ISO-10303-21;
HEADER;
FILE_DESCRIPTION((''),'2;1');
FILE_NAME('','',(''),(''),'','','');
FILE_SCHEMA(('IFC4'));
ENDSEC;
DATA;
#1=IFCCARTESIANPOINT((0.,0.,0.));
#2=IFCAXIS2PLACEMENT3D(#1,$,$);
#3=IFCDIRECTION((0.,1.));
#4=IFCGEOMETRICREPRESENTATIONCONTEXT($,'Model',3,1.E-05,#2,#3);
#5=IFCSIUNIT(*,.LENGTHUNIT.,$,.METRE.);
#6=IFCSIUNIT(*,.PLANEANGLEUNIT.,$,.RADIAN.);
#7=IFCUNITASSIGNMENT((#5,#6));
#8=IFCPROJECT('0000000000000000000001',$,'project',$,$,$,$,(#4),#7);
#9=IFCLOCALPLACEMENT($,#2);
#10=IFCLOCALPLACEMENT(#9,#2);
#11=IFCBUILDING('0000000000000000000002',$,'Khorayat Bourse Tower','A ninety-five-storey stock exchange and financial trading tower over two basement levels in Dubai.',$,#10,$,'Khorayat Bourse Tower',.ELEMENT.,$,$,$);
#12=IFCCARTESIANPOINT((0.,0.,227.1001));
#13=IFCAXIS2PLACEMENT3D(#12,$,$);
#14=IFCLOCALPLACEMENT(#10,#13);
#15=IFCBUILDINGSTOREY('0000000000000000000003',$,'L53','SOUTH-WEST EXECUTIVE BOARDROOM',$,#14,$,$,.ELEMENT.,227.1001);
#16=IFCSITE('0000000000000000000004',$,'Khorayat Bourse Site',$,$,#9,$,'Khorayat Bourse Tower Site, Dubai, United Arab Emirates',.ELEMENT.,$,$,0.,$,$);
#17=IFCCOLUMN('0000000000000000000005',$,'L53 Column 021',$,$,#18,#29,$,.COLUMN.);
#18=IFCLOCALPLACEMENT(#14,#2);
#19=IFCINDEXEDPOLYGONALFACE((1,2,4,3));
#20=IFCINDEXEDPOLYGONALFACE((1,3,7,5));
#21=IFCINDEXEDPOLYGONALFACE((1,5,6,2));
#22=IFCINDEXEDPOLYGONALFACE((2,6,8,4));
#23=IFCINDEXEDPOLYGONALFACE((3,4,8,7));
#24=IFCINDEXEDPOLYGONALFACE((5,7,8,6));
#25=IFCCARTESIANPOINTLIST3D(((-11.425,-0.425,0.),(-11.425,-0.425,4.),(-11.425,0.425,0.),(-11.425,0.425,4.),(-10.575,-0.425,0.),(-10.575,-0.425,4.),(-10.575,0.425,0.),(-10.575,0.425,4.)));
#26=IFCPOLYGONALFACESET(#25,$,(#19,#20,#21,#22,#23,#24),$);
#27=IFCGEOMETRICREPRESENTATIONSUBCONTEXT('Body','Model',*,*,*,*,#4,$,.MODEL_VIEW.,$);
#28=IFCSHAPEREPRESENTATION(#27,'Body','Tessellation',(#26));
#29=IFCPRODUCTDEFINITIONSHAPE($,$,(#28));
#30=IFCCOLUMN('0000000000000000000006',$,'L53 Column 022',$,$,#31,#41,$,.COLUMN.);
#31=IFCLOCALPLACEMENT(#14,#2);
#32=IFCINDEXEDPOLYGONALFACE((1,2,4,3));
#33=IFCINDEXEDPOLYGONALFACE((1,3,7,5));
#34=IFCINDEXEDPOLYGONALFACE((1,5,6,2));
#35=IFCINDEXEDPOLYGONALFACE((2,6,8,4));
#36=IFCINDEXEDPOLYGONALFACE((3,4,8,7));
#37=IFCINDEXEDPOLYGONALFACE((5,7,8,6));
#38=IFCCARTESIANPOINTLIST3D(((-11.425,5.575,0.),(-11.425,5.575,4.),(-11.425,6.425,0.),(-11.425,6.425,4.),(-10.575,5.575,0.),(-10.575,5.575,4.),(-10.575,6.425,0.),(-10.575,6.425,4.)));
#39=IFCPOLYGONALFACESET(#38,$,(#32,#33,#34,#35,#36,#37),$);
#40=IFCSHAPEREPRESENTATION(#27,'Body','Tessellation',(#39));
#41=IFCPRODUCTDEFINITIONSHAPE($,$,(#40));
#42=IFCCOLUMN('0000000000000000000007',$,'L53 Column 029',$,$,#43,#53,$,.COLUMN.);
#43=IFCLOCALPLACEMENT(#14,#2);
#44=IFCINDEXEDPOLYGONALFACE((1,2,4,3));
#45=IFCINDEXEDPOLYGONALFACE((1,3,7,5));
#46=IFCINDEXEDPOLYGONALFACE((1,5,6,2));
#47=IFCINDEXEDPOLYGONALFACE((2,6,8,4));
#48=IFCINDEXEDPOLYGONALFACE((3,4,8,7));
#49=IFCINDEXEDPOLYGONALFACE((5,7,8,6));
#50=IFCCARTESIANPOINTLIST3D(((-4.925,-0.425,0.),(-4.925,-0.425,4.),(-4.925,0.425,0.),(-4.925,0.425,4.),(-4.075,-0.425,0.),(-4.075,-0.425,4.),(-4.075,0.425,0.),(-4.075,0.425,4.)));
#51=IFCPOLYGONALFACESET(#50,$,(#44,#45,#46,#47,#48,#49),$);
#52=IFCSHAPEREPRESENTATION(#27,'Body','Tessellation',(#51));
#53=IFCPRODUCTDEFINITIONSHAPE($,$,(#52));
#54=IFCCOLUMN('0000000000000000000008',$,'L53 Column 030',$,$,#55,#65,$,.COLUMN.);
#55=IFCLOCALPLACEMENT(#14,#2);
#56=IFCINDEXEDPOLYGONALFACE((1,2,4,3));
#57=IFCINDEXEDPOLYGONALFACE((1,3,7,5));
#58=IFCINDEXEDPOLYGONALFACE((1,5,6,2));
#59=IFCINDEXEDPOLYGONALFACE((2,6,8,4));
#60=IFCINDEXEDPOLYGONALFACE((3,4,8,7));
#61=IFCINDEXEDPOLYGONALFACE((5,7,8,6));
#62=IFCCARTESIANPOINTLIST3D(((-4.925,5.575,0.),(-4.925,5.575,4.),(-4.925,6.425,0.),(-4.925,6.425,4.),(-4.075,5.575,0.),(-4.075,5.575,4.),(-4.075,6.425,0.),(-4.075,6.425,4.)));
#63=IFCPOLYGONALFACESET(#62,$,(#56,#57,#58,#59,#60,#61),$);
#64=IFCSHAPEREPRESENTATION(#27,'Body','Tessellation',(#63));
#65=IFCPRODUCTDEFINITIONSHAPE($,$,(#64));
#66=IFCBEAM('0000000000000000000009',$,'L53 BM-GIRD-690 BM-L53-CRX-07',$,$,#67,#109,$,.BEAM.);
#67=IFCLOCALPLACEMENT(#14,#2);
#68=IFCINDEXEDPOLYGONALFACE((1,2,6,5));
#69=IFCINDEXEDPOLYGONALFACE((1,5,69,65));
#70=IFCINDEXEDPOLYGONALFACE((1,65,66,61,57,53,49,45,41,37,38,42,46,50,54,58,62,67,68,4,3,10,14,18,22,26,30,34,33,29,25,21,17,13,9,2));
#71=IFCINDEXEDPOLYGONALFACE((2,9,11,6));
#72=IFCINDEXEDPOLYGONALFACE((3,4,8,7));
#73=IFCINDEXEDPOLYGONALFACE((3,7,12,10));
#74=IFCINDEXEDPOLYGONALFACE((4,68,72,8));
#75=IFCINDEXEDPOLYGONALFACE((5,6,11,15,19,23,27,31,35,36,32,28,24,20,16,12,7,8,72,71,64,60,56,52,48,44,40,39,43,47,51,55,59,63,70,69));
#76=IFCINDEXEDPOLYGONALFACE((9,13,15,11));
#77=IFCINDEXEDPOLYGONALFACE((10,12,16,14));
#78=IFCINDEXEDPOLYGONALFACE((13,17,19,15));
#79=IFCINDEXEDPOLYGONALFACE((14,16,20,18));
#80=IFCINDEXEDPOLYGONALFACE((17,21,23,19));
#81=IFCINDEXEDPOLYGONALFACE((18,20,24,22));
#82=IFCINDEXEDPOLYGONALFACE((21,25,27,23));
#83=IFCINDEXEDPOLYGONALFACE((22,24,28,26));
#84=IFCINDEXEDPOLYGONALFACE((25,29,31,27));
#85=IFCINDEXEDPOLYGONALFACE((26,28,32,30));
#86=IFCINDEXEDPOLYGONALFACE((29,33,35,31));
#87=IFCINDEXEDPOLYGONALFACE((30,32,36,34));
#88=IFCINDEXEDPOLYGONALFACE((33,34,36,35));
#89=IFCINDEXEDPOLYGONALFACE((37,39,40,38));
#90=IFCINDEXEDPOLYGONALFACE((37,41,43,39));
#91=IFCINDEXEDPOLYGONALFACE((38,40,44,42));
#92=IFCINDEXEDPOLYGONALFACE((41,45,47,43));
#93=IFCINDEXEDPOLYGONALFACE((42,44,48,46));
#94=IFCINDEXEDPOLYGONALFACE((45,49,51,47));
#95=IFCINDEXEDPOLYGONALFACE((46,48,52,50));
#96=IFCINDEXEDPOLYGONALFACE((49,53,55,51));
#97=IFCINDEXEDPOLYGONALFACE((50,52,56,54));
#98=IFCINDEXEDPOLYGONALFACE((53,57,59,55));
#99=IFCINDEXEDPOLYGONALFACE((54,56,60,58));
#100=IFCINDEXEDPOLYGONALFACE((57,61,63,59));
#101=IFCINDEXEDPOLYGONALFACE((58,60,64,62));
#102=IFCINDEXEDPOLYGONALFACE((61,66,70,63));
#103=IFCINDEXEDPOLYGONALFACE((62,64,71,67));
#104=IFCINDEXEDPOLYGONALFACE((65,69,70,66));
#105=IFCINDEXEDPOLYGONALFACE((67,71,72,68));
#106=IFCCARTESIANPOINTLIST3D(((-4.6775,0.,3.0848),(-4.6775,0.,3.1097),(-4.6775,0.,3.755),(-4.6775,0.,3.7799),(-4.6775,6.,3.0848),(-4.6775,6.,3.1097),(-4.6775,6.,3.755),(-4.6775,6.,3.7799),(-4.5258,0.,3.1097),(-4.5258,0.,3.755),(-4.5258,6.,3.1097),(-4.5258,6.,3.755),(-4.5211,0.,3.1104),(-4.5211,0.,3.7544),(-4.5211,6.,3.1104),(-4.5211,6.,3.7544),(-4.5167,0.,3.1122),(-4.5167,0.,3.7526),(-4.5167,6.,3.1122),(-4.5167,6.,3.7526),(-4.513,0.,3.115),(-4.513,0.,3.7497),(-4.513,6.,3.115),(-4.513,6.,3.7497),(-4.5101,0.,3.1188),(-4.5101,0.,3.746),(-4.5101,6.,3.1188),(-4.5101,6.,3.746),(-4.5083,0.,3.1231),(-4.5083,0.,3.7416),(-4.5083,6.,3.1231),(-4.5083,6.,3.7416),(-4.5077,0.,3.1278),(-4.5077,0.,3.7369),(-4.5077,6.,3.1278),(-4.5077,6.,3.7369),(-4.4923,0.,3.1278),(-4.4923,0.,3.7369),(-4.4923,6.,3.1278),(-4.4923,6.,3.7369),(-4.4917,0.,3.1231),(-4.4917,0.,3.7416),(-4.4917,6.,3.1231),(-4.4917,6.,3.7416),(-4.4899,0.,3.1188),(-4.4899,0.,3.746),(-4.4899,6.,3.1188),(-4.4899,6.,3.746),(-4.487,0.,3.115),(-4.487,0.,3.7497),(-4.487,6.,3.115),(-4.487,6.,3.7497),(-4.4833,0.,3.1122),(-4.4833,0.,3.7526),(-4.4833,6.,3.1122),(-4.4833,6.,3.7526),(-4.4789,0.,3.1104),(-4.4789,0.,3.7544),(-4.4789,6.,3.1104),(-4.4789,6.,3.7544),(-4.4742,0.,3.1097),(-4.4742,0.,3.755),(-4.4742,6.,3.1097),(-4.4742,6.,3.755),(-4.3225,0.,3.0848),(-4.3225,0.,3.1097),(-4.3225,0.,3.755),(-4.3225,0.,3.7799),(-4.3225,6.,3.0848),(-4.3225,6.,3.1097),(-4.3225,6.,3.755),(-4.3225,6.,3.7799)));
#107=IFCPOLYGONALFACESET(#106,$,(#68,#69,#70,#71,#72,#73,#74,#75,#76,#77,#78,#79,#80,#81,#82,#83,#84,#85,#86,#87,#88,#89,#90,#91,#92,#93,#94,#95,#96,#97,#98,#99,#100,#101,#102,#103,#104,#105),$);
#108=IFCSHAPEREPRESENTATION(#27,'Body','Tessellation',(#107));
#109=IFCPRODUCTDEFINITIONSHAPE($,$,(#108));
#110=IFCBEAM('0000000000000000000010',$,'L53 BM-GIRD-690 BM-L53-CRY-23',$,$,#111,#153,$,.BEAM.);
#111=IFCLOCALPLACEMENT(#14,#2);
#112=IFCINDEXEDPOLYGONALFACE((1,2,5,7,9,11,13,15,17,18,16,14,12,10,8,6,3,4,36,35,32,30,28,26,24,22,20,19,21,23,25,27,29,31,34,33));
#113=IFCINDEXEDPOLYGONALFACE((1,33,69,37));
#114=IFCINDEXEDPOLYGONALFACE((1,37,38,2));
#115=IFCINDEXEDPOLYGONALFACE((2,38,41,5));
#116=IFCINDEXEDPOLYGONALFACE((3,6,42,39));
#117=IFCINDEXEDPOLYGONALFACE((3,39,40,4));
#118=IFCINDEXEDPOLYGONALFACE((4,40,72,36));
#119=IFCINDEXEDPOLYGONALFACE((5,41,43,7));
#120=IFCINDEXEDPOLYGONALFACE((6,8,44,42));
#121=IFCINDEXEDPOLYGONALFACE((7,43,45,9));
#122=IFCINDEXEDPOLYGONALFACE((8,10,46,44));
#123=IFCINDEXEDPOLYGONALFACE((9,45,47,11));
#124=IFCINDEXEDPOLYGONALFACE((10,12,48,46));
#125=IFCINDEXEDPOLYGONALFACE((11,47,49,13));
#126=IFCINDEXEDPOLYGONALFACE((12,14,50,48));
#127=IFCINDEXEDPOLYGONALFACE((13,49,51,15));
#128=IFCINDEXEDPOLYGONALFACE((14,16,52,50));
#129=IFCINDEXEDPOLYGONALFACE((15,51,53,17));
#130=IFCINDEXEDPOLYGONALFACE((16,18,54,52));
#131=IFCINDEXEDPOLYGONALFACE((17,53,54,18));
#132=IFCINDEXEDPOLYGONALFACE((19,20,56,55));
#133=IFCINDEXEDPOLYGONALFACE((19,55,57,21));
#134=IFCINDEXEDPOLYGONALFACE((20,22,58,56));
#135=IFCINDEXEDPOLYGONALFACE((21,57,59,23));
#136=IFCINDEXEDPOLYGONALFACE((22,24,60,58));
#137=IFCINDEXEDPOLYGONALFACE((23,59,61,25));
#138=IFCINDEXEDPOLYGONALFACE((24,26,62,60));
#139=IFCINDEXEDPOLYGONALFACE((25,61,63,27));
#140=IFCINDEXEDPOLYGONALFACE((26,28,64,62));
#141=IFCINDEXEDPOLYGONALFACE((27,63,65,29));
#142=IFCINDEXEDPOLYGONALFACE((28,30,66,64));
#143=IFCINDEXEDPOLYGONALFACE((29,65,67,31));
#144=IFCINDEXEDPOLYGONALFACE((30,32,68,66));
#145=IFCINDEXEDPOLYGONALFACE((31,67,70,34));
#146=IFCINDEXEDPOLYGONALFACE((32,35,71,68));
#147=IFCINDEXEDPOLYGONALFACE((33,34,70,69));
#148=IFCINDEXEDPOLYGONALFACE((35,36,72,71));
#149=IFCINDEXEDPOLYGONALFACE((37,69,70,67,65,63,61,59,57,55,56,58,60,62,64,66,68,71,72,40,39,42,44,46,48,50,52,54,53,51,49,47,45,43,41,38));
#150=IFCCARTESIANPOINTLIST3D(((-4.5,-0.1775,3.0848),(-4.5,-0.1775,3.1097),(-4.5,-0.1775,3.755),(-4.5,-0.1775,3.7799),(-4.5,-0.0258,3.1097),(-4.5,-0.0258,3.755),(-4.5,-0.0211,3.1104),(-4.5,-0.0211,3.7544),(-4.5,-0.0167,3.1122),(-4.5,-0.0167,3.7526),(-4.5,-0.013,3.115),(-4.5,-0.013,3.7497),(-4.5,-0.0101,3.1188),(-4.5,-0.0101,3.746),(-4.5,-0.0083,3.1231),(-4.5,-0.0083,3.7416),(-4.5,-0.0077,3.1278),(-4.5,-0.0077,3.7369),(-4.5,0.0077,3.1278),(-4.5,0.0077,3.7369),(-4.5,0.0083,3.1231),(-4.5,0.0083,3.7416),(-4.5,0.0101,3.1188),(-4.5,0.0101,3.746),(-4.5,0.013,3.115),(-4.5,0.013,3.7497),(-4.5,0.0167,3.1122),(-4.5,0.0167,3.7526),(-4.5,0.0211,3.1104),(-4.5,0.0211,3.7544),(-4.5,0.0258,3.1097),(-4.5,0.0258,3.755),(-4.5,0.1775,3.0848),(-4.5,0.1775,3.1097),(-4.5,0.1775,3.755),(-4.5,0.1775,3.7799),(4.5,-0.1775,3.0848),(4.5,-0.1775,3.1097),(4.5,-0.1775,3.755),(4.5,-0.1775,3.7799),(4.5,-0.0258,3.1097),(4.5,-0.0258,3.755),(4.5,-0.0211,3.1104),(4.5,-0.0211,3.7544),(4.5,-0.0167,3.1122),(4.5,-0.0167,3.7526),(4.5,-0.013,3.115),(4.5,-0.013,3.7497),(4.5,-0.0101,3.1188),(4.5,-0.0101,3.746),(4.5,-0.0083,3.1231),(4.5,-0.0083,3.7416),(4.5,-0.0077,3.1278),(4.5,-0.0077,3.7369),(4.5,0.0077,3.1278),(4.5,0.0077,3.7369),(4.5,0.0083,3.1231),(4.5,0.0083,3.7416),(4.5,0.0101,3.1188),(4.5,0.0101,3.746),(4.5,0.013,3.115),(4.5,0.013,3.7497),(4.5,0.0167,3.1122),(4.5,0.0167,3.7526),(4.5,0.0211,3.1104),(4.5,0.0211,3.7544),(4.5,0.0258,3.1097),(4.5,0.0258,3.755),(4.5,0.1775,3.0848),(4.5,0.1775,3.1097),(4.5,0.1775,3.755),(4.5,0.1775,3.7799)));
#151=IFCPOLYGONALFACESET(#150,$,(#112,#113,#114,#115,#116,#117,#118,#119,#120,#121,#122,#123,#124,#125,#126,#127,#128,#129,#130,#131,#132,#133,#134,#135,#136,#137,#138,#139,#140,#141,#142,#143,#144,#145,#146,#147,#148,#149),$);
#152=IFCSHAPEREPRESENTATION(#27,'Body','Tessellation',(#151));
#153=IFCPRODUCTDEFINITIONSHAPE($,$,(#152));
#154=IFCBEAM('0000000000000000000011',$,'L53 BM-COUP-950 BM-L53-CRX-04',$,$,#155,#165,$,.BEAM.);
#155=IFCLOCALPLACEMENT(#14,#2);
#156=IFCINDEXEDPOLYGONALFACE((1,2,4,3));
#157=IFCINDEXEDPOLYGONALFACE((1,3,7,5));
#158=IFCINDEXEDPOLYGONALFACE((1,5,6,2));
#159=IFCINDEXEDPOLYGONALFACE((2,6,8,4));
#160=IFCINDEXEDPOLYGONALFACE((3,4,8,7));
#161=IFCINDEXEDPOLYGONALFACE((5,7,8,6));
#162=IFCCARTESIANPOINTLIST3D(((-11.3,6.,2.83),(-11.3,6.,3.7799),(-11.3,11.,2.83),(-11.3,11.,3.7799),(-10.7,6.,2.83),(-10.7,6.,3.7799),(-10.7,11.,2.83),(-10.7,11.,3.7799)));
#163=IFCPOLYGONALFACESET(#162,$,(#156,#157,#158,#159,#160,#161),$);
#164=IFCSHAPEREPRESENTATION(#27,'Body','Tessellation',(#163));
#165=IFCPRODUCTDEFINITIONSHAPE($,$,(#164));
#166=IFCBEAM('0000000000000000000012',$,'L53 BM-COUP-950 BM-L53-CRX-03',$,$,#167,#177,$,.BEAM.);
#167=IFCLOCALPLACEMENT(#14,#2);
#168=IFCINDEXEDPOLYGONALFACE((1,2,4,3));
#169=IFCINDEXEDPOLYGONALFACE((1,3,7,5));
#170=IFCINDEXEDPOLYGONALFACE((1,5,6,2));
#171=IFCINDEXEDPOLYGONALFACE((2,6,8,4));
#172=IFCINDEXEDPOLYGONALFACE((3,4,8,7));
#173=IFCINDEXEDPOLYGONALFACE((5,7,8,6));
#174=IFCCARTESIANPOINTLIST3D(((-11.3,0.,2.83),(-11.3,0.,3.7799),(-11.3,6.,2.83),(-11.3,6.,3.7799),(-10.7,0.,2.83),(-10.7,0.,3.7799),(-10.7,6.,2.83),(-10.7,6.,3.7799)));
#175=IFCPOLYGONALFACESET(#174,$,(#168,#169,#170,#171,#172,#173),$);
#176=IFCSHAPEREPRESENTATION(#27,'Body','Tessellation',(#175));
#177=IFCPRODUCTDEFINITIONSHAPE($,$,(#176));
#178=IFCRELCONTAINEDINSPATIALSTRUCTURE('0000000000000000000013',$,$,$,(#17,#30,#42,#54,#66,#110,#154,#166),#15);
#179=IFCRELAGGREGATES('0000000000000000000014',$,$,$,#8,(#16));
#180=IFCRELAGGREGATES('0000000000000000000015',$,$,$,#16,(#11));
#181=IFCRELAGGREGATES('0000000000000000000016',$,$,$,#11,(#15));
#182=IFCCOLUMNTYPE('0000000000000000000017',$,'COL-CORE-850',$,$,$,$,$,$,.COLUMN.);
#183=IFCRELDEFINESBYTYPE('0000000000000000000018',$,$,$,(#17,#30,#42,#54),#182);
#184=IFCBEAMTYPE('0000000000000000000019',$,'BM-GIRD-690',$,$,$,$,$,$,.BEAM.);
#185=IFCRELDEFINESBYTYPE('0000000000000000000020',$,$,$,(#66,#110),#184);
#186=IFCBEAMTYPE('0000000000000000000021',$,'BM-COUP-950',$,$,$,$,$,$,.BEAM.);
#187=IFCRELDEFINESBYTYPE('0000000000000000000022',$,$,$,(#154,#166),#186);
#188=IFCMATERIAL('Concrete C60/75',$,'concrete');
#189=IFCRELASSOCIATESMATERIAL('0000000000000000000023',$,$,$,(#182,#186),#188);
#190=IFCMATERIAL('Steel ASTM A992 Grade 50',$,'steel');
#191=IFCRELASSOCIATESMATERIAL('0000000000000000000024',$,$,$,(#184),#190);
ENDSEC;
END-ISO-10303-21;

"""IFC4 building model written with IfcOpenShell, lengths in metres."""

from ifc_helpers import new_model, si_unit, direction, frame, origin, origin_2d, place, context, subcontext, project, spatial, rectangle, i_section, extrude, source, transform, mapped, material, material_profile, profile_set, type_object, element, save


model = new_model("IFC4")

# Units and contexts
model_context = context("Model", 3, precision=1e-05, world=origin(), true_north=direction((0.0, 1.0)))
body_context = subcontext(model_context, "Body", "Model", "MODEL_VIEW")
ifc_project = project(units=[si_unit("LENGTHUNIT", "METRE"), si_unit("PLANEANGLEUNIT", "RADIAN")], contexts=[model_context])

# Site, building, storey
site_placement = place(None, origin())
site = spatial("IfcSite", under=ifc_project, at=site_placement, Name="Khorayat Bourse Site", LongName="Khorayat Bourse Tower Site, Dubai, United Arab Emirates", CompositionType="ELEMENT", RefElevation=0.0)
building_placement = place(site_placement, origin())
building = spatial("IfcBuilding", under=site, at=building_placement, Name="Khorayat Bourse Tower", Description="A ninety-five-storey stock exchange and financial trading tower over two basement levels in Dubai.", LongName="Khorayat Bourse Tower", CompositionType="ELEMENT")
storey_placement = place(building_placement, frame((0.0, 0.0, 227.1001)))
storey = spatial("IfcBuildingStorey", under=building, at=storey_placement, Name="L53", Description="SOUTH-WEST EXECUTIVE BOARDROOM", CompositionType="ELEMENT", Elevation=227.1001)

# Columns
ifc_material_1 = material(Name="Concrete C60/75", Category="concrete")
ifc_material_profile_1 = material_profile(ifc_material_1, rectangle(XDim=0.8501, YDim=0.8501, at=origin_2d()), Name="RC 850x850")
ifc_profile_set_1 = profile_set([ifc_material_profile_1], Name="Concrete C60/75")
column_type = type_object("IfcColumnType", Name="COL-CORE-850", PredefinedType="COLUMN", material=ifc_profile_set_1)
shared_shape_1 = source(origin(), body_context, "Body", "SweptSolid", [
    extrude(rectangle(XDim=0.8501, YDim=0.8501, at=origin_2d()), origin(), (0.0, 0.0, 1.0), 4.0),
])
for number, where, z_axis, x_axis, name in (
    (1, (-11.0, 0.0, 0.0), (0.0, 0.0, 1.0), (1.0, 0.0, 0.0), "L53 Column 021"),
    (2, (-11.0, 6.0, 0.0), (0.0, 0.0, 1.0), (1.0, 0.0, 0.0), "L53 Column 022"),
    (3, (-4.5, 0.0, 0.0), (0.0, 0.0, 1.0), (1.0, 0.0, 0.0), "L53 Column 029"),
    (4, (-4.5, 6.0, 0.0), (0.0, 0.0, 1.0), (1.0, 0.0, 0.0), "L53 Column 030"),
):
    element("IfcColumn", number, at=place(storey_placement, frame(where, z_axis=z_axis, x_axis=x_axis)), inside=storey, type_object=column_type, Name=name, PredefinedType="COLUMN", context=body_context, shape_type="MappedRepresentation", body=[
        mapped(shared_shape_1, transform((0.0, 0.0, 0.0), scale=1.0)),
    ])

# Beams
ifc_material_2 = material(Name="Steel ASTM A992 Grade 50", Category="steel")
ifc_material_profile_2 = material_profile(ifc_material_2, i_section(OverallWidth=0.355, OverallDepth=0.6951, WebThickness=0.0154, FlangeThickness=0.0249, FilletRadius=0.0181, at=origin_2d()), Name="W690X217")
ifc_profile_set_2 = profile_set([ifc_material_profile_2], Name="Steel ASTM A992 Grade 50")
beam_type_1 = type_object("IfcBeamType", Name="BM-GIRD-690", PredefinedType="BEAM", material=ifc_profile_set_2)
shared_shape_2 = source(origin(), body_context, "Body", "SweptSolid", [
    extrude(i_section(OverallWidth=0.355, OverallDepth=0.6951, WebThickness=0.0154, FlangeThickness=0.0249, FilletRadius=0.0181, at=origin_2d()), origin(), (0.0, 0.0, 1.0), 6.0),
])
beam_1_placement = place(storey_placement, frame((-4.5, 0.0, 3.4324), z_axis=(0.0, 1.0, 0.0), x_axis=(-1.0, 0.0, 0.0)))
element("IfcBeam", 5, at=beam_1_placement, inside=storey, type_object=beam_type_1, Name="L53 BM-GIRD-690 BM-L53-CRX-07", PredefinedType="BEAM", context=body_context, shape_type="MappedRepresentation", body=[
    mapped(shared_shape_2, transform((0.0, 0.0, 0.0), scale=1.0)),
])
shared_shape_3 = source(origin(), body_context, "Body", "SweptSolid", [
    extrude(i_section(OverallWidth=0.355, OverallDepth=0.6951, WebThickness=0.0154, FlangeThickness=0.0249, FilletRadius=0.0181, at=origin_2d()), origin(), (0.0, 0.0, 1.0), 9.0),
])
beam_2_placement = place(storey_placement, frame((-4.5, 0.0, 3.4324), z_axis=(1.0, 0.0, 0.0), x_axis=(0.0, 1.0, 0.0)))
element("IfcBeam", 6, at=beam_2_placement, inside=storey, type_object=beam_type_1, Name="L53 BM-GIRD-690 BM-L53-CRY-23", PredefinedType="BEAM", context=body_context, shape_type="MappedRepresentation", body=[
    mapped(shared_shape_3, transform((0.0, 0.0, 0.0), scale=1.0)),
])
ifc_material_profile_3 = material_profile(ifc_material_1, rectangle(XDim=0.6001, YDim=0.95, at=origin_2d()), Name="RC 600x950")
ifc_profile_set_3 = profile_set([ifc_material_profile_3], Name="Concrete C60/75")
beam_type_2 = type_object("IfcBeamType", Name="BM-COUP-950", PredefinedType="BEAM", material=ifc_profile_set_3)
shared_shape_4 = source(origin(), body_context, "Body", "SweptSolid", [
    extrude(rectangle(XDim=0.6001, YDim=0.95, at=origin_2d()), origin(), (0.0, 0.0, 1.0), 5.0),
])
beam_3_placement = place(storey_placement, frame((-11.0, 6.0, 3.3049), z_axis=(0.0, 1.0, 0.0), x_axis=(-1.0, 0.0, 0.0)))
element("IfcBeam", 7, at=beam_3_placement, inside=storey, type_object=beam_type_2, Name="L53 BM-COUP-950 BM-L53-CRX-04", PredefinedType="BEAM", context=body_context, shape_type="MappedRepresentation", body=[
    mapped(shared_shape_4, transform((0.0, 0.0, 0.0), scale=1.0)),
])
shared_shape_5 = source(origin(), body_context, "Body", "SweptSolid", [
    extrude(rectangle(XDim=0.6001, YDim=0.95, at=origin_2d()), origin(), (0.0, 0.0, 1.0), 6.0),
])
beam_4_placement = place(storey_placement, frame((-11.0, 0.0, 3.3049), z_axis=(0.0, 1.0, 0.0), x_axis=(-1.0, 0.0, 0.0)))
element("IfcBeam", 8, at=beam_4_placement, inside=storey, type_object=beam_type_2, Name="L53 BM-COUP-950 BM-L53-CRX-03", PredefinedType="BEAM", context=body_context, shape_type="MappedRepresentation", body=[
    mapped(shared_shape_5, transform((0.0, 0.0, 0.0), scale=1.0)),
])

save(model, "model.ifc")
